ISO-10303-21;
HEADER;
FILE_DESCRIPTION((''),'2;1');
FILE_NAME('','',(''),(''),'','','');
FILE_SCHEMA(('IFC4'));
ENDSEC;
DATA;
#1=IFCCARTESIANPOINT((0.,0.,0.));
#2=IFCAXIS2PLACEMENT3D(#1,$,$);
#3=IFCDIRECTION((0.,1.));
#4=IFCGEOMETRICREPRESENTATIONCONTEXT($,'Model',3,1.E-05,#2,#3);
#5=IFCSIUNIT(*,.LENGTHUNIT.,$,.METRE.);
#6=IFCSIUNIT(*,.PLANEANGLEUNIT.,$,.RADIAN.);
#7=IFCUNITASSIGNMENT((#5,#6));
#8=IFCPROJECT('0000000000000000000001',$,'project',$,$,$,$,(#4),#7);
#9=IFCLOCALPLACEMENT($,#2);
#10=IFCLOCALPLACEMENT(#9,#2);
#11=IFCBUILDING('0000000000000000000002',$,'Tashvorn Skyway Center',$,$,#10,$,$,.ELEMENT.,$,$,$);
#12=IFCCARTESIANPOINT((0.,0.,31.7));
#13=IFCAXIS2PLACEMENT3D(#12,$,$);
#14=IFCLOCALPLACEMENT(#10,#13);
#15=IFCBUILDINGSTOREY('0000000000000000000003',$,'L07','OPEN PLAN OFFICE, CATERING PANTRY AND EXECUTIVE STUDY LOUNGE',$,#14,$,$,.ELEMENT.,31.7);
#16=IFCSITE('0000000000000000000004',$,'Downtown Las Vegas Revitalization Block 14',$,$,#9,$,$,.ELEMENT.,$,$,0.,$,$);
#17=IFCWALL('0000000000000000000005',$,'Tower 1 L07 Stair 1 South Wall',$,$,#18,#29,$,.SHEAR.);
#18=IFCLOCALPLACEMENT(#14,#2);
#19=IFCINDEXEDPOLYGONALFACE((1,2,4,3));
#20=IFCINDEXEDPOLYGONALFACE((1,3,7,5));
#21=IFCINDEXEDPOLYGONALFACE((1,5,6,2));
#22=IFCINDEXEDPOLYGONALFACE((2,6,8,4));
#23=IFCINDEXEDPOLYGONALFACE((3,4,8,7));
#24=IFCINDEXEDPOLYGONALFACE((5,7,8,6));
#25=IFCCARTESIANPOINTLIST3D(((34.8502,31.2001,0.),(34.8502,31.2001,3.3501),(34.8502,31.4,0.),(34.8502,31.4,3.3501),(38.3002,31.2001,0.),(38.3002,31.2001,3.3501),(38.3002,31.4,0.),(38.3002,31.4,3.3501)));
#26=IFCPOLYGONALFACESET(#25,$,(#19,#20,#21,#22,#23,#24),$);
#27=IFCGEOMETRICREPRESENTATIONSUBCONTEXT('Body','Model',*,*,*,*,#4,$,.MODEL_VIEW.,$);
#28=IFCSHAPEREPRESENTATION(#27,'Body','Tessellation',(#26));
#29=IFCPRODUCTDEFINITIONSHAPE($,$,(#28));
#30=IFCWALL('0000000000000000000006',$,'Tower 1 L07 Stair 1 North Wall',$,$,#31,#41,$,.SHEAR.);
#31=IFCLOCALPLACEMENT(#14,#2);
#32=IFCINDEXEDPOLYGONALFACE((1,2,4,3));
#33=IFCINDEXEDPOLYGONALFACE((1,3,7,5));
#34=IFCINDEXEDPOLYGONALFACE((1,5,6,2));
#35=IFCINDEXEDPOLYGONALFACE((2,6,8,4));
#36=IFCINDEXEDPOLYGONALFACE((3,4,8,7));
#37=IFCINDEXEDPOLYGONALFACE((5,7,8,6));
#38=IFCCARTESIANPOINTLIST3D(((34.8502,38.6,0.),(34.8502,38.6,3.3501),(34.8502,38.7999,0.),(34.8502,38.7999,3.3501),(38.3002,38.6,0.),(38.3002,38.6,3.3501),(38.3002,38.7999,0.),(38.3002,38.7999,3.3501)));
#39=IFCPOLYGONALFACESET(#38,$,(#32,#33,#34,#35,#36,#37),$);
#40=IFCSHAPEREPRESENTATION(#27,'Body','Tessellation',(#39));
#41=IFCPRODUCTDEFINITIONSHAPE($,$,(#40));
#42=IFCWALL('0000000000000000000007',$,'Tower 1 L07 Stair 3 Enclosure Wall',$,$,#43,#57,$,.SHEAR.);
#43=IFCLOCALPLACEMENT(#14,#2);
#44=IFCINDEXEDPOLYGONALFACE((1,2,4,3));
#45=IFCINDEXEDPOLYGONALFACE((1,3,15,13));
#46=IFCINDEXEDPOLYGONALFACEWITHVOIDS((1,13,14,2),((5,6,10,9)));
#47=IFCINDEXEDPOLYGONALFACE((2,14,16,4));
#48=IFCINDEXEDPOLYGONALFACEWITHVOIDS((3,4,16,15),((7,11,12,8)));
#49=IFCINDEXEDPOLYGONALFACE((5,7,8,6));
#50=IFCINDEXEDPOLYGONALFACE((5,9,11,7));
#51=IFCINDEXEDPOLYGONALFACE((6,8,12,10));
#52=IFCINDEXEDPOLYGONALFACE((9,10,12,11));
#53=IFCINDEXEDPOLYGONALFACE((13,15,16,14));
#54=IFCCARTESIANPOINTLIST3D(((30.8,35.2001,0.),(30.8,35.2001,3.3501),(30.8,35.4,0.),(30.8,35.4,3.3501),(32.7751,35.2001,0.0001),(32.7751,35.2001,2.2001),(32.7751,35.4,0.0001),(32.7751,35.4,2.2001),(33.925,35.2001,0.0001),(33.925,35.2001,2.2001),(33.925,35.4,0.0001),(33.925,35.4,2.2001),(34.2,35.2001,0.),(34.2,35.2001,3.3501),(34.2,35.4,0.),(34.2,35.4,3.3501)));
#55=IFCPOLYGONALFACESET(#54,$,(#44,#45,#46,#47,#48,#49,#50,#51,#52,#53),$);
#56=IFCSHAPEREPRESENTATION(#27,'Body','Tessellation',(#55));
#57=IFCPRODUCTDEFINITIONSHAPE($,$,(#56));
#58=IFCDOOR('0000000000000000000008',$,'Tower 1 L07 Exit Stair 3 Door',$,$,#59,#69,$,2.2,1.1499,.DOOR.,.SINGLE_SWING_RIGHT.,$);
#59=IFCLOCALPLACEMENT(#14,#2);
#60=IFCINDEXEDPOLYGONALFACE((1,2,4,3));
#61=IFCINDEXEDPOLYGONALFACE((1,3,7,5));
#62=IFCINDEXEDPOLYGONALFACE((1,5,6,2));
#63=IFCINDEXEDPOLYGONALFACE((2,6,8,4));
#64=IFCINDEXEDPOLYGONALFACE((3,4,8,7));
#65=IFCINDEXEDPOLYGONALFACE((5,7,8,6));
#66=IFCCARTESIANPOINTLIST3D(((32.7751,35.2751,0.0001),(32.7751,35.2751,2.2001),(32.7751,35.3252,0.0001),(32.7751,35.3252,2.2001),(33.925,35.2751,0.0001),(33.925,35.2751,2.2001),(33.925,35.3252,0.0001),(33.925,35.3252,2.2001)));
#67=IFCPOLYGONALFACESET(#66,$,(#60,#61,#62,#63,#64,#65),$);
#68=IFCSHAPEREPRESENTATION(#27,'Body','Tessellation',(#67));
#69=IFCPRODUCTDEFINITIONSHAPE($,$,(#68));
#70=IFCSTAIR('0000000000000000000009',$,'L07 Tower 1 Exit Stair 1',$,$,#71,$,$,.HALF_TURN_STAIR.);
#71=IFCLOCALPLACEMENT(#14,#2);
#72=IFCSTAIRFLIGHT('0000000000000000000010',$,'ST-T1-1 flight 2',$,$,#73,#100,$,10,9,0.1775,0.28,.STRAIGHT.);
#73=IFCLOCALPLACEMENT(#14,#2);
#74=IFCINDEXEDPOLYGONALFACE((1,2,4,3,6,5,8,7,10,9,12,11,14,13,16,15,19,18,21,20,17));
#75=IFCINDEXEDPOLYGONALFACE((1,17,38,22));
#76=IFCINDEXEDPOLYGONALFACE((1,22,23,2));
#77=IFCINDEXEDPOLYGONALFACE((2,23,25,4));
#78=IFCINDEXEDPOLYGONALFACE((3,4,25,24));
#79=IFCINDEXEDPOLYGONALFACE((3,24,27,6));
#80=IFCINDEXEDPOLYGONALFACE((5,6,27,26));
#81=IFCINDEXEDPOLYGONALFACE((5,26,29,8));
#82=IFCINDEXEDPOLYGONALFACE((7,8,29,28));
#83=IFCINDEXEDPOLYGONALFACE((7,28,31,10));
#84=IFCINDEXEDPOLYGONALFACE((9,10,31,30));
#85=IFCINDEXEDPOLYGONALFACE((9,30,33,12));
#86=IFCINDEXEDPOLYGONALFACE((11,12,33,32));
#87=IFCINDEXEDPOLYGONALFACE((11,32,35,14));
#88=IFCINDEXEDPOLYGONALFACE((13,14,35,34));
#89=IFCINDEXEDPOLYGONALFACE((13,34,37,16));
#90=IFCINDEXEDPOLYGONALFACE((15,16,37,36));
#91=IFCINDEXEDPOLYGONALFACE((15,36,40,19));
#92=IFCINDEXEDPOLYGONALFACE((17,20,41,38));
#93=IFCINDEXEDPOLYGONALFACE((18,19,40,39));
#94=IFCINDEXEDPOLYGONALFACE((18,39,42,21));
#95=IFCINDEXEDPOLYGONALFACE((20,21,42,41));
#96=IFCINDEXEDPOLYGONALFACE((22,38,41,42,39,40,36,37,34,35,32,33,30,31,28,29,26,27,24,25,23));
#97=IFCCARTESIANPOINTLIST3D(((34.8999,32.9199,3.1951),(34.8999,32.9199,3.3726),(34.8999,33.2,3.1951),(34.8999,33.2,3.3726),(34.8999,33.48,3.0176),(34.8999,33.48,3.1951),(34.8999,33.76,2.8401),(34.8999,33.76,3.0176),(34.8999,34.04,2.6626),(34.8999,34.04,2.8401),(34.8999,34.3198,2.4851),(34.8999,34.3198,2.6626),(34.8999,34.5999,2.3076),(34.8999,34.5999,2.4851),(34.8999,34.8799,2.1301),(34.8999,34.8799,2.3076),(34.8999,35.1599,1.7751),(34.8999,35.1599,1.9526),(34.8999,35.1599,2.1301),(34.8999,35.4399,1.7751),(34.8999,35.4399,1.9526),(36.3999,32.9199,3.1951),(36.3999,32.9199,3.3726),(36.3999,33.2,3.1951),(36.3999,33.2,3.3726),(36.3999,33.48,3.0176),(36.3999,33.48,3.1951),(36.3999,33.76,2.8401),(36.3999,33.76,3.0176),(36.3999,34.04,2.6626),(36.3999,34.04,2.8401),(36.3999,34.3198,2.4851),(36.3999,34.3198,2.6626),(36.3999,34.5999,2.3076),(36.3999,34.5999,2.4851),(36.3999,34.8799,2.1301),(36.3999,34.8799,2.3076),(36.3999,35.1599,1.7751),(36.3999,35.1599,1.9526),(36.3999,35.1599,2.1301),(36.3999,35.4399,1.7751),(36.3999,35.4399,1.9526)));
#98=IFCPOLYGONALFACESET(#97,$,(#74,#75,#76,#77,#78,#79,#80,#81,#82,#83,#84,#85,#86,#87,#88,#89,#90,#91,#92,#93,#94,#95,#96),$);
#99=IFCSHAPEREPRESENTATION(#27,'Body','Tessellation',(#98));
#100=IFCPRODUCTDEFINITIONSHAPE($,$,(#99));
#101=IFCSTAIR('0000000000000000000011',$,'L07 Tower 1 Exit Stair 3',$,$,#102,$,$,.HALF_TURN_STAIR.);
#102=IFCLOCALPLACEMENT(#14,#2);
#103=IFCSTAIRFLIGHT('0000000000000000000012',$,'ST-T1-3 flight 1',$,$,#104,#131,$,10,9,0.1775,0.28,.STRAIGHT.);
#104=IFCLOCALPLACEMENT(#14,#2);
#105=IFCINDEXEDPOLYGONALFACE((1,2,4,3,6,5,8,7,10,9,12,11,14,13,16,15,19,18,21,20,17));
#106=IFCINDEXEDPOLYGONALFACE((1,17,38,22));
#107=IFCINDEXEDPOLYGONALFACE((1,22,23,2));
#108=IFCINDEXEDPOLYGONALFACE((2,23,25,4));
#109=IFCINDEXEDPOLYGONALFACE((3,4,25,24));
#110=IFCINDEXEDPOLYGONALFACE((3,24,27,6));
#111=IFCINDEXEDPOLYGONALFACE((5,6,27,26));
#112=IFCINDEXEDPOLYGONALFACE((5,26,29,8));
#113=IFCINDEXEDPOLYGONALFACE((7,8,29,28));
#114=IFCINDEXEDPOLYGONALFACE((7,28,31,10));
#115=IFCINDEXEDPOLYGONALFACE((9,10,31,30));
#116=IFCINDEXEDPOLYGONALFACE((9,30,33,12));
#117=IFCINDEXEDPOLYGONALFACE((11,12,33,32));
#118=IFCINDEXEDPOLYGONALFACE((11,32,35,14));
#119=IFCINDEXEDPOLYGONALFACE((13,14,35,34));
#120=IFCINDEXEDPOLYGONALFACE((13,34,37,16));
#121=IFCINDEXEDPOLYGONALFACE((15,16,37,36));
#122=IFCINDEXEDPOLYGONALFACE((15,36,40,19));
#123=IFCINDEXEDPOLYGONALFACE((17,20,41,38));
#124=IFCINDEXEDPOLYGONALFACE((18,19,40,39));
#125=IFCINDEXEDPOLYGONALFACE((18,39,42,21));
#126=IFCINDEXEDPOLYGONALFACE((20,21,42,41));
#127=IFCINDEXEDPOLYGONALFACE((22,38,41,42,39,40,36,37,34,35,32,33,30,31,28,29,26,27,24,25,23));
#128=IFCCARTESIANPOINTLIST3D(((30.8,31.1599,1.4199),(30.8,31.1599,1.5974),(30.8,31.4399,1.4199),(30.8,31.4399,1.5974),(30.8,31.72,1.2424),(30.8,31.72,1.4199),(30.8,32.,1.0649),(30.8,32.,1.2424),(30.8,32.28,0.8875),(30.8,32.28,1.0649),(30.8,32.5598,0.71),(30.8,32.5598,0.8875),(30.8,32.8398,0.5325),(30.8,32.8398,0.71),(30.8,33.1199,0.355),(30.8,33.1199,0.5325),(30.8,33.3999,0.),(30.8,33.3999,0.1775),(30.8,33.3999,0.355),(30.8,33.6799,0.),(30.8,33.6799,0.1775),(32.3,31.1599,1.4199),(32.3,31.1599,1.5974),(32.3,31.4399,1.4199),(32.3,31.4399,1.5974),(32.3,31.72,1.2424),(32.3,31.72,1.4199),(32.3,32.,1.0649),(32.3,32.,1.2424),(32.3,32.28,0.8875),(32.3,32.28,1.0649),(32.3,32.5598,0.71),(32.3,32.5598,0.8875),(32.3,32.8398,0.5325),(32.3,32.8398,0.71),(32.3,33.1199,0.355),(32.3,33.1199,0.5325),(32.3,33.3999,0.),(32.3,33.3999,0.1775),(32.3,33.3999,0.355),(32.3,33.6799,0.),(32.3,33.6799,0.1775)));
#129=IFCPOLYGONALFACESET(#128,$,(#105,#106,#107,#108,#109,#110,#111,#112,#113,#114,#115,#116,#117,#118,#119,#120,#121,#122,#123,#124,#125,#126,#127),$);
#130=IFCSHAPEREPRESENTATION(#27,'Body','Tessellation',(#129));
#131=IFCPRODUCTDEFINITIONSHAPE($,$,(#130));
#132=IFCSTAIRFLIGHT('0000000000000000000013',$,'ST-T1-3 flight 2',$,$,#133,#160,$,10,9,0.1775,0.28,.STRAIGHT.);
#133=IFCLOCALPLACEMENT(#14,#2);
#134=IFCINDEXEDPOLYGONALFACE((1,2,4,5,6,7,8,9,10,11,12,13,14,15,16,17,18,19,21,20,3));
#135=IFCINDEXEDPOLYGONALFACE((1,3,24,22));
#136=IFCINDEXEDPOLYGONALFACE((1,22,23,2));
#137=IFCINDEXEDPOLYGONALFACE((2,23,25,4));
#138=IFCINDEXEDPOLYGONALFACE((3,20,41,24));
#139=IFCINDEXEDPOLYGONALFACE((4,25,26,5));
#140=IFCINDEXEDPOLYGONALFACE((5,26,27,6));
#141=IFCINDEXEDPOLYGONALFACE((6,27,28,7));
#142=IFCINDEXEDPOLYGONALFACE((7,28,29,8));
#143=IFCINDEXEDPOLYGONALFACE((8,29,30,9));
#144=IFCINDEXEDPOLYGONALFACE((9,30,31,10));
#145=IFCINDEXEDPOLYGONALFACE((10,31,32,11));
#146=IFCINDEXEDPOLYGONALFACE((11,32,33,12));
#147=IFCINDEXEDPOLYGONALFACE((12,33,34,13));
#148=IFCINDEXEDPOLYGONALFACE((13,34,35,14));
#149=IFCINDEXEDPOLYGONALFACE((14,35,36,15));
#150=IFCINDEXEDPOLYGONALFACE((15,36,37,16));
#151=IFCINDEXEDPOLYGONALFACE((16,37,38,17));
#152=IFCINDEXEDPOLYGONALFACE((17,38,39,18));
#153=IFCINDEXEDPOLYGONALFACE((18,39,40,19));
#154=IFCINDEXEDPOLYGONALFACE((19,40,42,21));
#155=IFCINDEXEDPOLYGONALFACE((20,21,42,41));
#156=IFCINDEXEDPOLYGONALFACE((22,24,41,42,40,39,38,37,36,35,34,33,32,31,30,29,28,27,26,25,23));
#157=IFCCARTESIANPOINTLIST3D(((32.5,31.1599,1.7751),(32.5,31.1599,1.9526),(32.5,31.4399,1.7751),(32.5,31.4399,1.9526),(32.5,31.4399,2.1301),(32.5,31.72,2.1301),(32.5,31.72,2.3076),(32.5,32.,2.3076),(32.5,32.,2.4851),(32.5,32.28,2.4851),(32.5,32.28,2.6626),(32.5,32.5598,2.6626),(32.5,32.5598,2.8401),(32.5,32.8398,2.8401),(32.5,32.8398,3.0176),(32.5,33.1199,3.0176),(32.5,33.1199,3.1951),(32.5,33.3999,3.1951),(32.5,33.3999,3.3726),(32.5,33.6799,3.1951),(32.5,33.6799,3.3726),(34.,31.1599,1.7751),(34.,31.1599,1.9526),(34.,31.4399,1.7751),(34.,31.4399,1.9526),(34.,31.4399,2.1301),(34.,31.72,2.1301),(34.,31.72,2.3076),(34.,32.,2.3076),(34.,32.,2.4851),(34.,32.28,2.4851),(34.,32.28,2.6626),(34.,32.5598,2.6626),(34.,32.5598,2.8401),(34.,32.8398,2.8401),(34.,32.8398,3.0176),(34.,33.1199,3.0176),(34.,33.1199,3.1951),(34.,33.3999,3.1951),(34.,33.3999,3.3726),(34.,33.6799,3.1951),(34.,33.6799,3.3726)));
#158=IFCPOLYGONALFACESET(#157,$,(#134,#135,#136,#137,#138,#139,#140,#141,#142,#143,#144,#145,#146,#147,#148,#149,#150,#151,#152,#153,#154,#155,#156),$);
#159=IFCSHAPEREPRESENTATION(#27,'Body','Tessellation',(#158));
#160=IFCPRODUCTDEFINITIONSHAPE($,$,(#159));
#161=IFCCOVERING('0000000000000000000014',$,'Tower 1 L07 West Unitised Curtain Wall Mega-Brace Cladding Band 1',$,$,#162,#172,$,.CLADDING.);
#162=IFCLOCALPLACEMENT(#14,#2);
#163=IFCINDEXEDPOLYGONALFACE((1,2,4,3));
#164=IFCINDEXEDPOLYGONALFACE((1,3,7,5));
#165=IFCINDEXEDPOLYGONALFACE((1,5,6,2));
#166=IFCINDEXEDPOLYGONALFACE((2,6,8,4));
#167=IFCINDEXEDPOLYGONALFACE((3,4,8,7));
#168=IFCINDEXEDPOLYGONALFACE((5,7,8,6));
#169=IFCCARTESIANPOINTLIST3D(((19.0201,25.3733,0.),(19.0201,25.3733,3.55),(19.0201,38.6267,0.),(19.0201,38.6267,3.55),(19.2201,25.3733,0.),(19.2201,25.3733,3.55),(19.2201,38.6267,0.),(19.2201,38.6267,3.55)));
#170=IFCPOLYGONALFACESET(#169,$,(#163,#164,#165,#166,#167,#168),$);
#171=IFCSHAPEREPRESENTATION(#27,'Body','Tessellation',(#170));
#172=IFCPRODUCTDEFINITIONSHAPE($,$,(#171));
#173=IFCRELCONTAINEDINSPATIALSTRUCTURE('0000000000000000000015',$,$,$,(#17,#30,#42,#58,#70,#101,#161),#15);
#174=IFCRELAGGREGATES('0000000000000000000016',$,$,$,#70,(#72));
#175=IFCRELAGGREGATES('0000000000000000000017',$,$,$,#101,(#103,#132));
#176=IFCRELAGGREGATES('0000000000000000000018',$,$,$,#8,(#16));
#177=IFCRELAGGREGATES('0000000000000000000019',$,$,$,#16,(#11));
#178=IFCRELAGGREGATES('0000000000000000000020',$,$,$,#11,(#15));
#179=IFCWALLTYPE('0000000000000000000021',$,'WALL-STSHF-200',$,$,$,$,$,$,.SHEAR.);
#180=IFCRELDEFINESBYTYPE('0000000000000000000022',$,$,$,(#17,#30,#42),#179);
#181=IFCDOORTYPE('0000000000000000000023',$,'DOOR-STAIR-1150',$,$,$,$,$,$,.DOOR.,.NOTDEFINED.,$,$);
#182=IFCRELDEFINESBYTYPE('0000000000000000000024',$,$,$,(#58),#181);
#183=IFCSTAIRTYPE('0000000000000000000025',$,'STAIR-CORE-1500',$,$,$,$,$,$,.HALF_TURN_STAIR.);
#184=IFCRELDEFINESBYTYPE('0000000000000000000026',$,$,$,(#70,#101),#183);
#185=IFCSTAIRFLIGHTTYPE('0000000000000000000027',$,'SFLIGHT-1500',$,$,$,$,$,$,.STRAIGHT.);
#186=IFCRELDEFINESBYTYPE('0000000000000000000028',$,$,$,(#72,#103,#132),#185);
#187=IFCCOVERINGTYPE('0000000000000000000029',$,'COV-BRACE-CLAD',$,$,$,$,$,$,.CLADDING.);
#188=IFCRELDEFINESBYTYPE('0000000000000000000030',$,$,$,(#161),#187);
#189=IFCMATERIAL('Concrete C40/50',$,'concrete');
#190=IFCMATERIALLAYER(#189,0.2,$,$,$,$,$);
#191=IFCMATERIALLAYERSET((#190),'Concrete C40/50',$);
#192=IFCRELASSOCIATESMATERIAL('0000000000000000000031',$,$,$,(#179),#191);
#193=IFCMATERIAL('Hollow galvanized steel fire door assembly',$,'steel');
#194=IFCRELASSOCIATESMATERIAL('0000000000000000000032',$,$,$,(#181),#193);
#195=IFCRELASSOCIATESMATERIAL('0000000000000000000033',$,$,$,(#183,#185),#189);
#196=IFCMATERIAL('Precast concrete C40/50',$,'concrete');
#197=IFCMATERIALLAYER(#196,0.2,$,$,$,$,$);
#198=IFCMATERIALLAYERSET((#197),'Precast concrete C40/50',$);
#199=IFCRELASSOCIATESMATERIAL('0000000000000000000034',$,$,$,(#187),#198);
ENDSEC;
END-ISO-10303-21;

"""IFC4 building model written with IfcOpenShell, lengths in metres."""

from ifc_helpers import new_model, si_unit, direction, frame, frame_2d, origin, origin_2d, place, context, subcontext, project, spatial, polyline, rectangle, outline, extrude, material, layer, layer_set, type_object, element, fill, aggregate, save


model = new_model("IFC4")

# Units and contexts
model_context = context("Model", 3, precision=1e-05, world=origin(), true_north=direction((0.0, 1.0)))
body_context = subcontext(model_context, "Body", "Model", "MODEL_VIEW")
ifc_project = project(units=[si_unit("LENGTHUNIT", "METRE"), si_unit("PLANEANGLEUNIT", "RADIAN")], contexts=[model_context])

# Site, building, storey
site_placement = place(None, origin())
site = spatial("IfcSite", under=ifc_project, at=site_placement, Name="Downtown Las Vegas Revitalization Block 14", CompositionType="ELEMENT", RefElevation=0.0)
building_placement = place(site_placement, origin())
building = spatial("IfcBuilding", under=site, at=building_placement, Name="Tashvorn Skyway Center", CompositionType="ELEMENT")
storey_placement = place(building_placement, frame((0.0, 0.0, 31.7)))
storey = spatial("IfcBuildingStorey", under=building, at=storey_placement, Name="L07", Description="OPEN PLAN OFFICE, CATERING PANTRY AND EXECUTIVE STUDY LOUNGE", CompositionType="ELEMENT", Elevation=31.7)

# Walls
ifc_material_1 = material(Name="Concrete C40/50", Category="concrete")
ifc_layer_1 = layer(ifc_material_1, 0.2)
ifc_layer_set_1 = layer_set([ifc_layer_1], Name="Concrete C40/50")
wall_type_1 = type_object("IfcWallType", Name="WALL-STSHF-200", PredefinedType="SHEAR", material=ifc_layer_set_1)
for number, where, z_axis, x_axis, name in (
    (1, (34.8501, 31.3, 0.0), (0.0, 0.0, 1.0), (1.0, 0.0, 0.0), "Tower 1 L07 Stair 1 South Wall"),
    (2, (34.8501, 38.7, 0.0), (0.0, 0.0, 1.0), (1.0, 0.0, 0.0), "Tower 1 L07 Stair 1 North Wall"),
):
    element("IfcWall", number, at=place(storey_placement, frame(where, z_axis=z_axis, x_axis=x_axis)), inside=storey, type_object=wall_type_1, Name=name, PredefinedType="SHEAR", context=body_context, shape_type="SweptSolid", body=[
        extrude(rectangle(XDim=3.45, YDim=0.2, at=frame_2d((1.7251, 0.0))), origin(), (0.0, 0.0, 1.0), 3.3501),
    ])

# Wall, opening, door
wall_1_placement = place(storey_placement, frame((34.2, 35.3, 0.0), z_axis=(0.0, 0.0, 1.0), x_axis=(-1.0, 0.0, 0.0)))
wall_1 = element("IfcWall", 3, at=wall_1_placement, inside=storey, type_object=wall_type_1, Name="Tower 1 L07 Stair 3 Enclosure Wall", PredefinedType="SHEAR", context=body_context, shape_type="SweptSolid", body=[
    extrude(rectangle(XDim=3.3999, YDim=0.2, at=frame_2d((1.7, 0.0))), origin(), (0.0, 0.0, 1.0), 3.3501),
])
opening_placement = place(wall_1_placement, frame((0.2749, 0.0, 0.0)))
opening = element("IfcOpeningElement", 4, at=opening_placement, cuts=wall_1, PredefinedType="OPENING", context=body_context, shape_type="SweptSolid", body=[
    extrude(rectangle(XDim=1.1499, YDim=2.2, at=frame_2d((0.575, 1.1001))), frame((0.0, 0.1099, 0.0), z_axis=(0.0, -1.0, 0.0), x_axis=(1.0, 0.0, 0.0)), (0.0, 0.0, 1.0), 0.22),
])
ifc_material_2 = material(Name="Hollow galvanized steel fire door assembly", Category="steel")
door_type = type_object("IfcDoorType", Name="DOOR-STAIR-1150", OperationType="NOTDEFINED", PredefinedType="DOOR", material=ifc_material_2)
door_placement = place(opening_placement, origin())
door = element("IfcDoor", 5, at=door_placement, inside=storey, type_object=door_type, Name="Tower 1 L07 Exit Stair 3 Door", OperationType="SINGLE_SWING_RIGHT", OverallHeight=2.2, OverallWidth=1.1499, PredefinedType="DOOR", context=body_context, shape_type="SweptSolid", body=[
    extrude(rectangle(XDim=1.1499, YDim=2.2, at=frame_2d((0.575, 1.1001))), frame((0.0, 0.0249, 0.0), z_axis=(0.0, -1.0, 0.0), x_axis=(1.0, 0.0, 0.0)), (0.0, 0.0, 1.0), 0.05),
])
fill(opening, door)

# Stair, stair flight
stair_type = type_object("IfcStairType", Name="STAIR-CORE-1500", PredefinedType="HALF_TURN_STAIR", material=ifc_material_1)
stair_1_placement = place(storey_placement, origin())
stair_1 = element("IfcStair", 6, at=stair_1_placement, inside=storey, type_object=stair_type, Name="L07 Tower 1 Exit Stair 1", PredefinedType="HALF_TURN_STAIR")
stair_flight_type = type_object("IfcStairFlightType", Name="SFLIGHT-1500", PredefinedType="STRAIGHT", material=ifc_material_1)
stair_flight_1_placement = place(storey_placement, frame((35.6499, 35.4399, 1.7751), z_axis=(0.0, 0.0, 1.0), x_axis=(0.0, -1.0, 0.0)))
stair_flight_1 = element("IfcStairFlight", 7, at=stair_flight_1_placement, type_object=stair_flight_type, Name="ST-T1-1 flight 2", NumberOfRisers=10, NumberOfTreads=9, PredefinedType="STRAIGHT", RiserHeight=0.1775, TreadLength=0.28, context=body_context, shape_type="SweptSolid", body=[
    extrude(outline(polyline([(0.0, 0.0), (0.0, 0.1775), (0.28, 0.1775), (0.28, 0.355), (0.5601, 0.355), (0.5601, 0.5325), (0.8401, 0.5325), (0.8401, 0.71), (1.1201, 0.71), (1.1201, 0.8875), (1.3999, 0.8875), (1.3999, 1.0649), (1.6799, 1.0649), (1.6799, 1.2424), (1.96, 1.2424), (1.96, 1.4199), (2.24, 1.4199), (2.24, 1.5974), (2.52, 1.5974), (2.52, 1.7749), (2.52, 1.4199), (0.28, 0.0), (0.0, 0.0)])), frame((0.0, 0.75, 0.0), z_axis=(0.0, -1.0, 0.0), x_axis=(1.0, 0.0, 0.0)), (0.0, 0.0, 1.0), 1.5),
])
aggregate(stair_1, [stair_flight_1])

# Stair, stair flights
stair_2_placement = place(storey_placement, origin())
stair_2 = element("IfcStair", 8, at=stair_2_placement, inside=storey, type_object=stair_type, Name="L07 Tower 1 Exit Stair 3", PredefinedType="HALF_TURN_STAIR")
stair_flight_2_placement = place(storey_placement, frame((31.55, 33.6799, 0.0), z_axis=(0.0, 0.0, 1.0), x_axis=(0.0, -1.0, 0.0)))
stair_flight_2 = element("IfcStairFlight", 9, at=stair_flight_2_placement, type_object=stair_flight_type, Name="ST-T1-3 flight 1", NumberOfRisers=10, NumberOfTreads=9, PredefinedType="STRAIGHT", RiserHeight=0.1775, TreadLength=0.28, context=body_context, shape_type="SweptSolid", body=[
    extrude(outline(polyline([(0.0, 0.0), (0.0, 0.1775), (0.28, 0.1775), (0.28, 0.355), (0.5601, 0.355), (0.5601, 0.5325), (0.8401, 0.5325), (0.8401, 0.71), (1.1201, 0.71), (1.1201, 0.8875), (1.3999, 0.8875), (1.3999, 1.0649), (1.6799, 1.0649), (1.6799, 1.2424), (1.96, 1.2424), (1.96, 1.4199), (2.24, 1.4199), (2.24, 1.5974), (2.52, 1.5974), (2.52, 1.7749), (2.52, 1.4199), (0.28, 0.0), (0.0, 0.0)])), frame((0.0, 0.75, 0.0), z_axis=(0.0, -1.0, 0.0), x_axis=(1.0, 0.0, 0.0)), (0.0, 0.0, 1.0), 1.5),
])
stair_flight_3_placement = place(storey_placement, frame((33.25, 31.1599, 1.7751), z_axis=(0.0, 0.0, 1.0), x_axis=(0.0, 1.0, 0.0)))
stair_flight_3 = element("IfcStairFlight", 10, at=stair_flight_3_placement, type_object=stair_flight_type, Name="ST-T1-3 flight 2", NumberOfRisers=10, NumberOfTreads=9, PredefinedType="STRAIGHT", RiserHeight=0.1775, TreadLength=0.28, context=body_context, shape_type="SweptSolid", body=[
    extrude(outline(polyline([(0.0, 0.0), (0.0, 0.1775), (0.28, 0.1775), (0.28, 0.355), (0.5601, 0.355), (0.5601, 0.5325), (0.8401, 0.5325), (0.8401, 0.71), (1.1201, 0.71), (1.1201, 0.8875), (1.3999, 0.8875), (1.3999, 1.0649), (1.6799, 1.0649), (1.6799, 1.2424), (1.96, 1.2424), (1.96, 1.4199), (2.24, 1.4199), (2.24, 1.5974), (2.52, 1.5974), (2.52, 1.7749), (2.52, 1.4199), (0.28, 0.0), (0.0, 0.0)])), frame((0.0, 0.75, 0.0), z_axis=(0.0, -1.0, 0.0), x_axis=(1.0, 0.0, 0.0)), (0.0, 0.0, 1.0), 1.5),
])
aggregate(stair_2, [stair_flight_2, stair_flight_3])

# Covering
ifc_material_3 = material(Name="Precast concrete C40/50", Category="concrete")
ifc_layer_2 = layer(ifc_material_3, 0.2)
ifc_layer_set_2 = layer_set([ifc_layer_2], Name="Precast concrete C40/50")
covering_type_1 = type_object("IfcCoveringType", Name="COV-BRACE-CLAD", PredefinedType="CLADDING", material=ifc_layer_set_2)
covering_placement = place(storey_placement, frame((19.1201, 32.0, 0.0), z_axis=(0.0, 0.0, 1.0), x_axis=(0.0, 1.0, 0.0)))
element("IfcCovering", 11, at=covering_placement, inside=storey, type_object=covering_type_1, Name="Tower 1 L07 West Unitised Curtain Wall Mega-Brace Cladding Band 1", PredefinedType="CLADDING", context=body_context, shape_type="SweptSolid", body=[
    extrude(rectangle(XDim=13.2534, YDim=0.2, at=origin_2d()), origin(), (0.0, 0.0, 1.0), 3.55),
])

save(model, "model.ifc")
